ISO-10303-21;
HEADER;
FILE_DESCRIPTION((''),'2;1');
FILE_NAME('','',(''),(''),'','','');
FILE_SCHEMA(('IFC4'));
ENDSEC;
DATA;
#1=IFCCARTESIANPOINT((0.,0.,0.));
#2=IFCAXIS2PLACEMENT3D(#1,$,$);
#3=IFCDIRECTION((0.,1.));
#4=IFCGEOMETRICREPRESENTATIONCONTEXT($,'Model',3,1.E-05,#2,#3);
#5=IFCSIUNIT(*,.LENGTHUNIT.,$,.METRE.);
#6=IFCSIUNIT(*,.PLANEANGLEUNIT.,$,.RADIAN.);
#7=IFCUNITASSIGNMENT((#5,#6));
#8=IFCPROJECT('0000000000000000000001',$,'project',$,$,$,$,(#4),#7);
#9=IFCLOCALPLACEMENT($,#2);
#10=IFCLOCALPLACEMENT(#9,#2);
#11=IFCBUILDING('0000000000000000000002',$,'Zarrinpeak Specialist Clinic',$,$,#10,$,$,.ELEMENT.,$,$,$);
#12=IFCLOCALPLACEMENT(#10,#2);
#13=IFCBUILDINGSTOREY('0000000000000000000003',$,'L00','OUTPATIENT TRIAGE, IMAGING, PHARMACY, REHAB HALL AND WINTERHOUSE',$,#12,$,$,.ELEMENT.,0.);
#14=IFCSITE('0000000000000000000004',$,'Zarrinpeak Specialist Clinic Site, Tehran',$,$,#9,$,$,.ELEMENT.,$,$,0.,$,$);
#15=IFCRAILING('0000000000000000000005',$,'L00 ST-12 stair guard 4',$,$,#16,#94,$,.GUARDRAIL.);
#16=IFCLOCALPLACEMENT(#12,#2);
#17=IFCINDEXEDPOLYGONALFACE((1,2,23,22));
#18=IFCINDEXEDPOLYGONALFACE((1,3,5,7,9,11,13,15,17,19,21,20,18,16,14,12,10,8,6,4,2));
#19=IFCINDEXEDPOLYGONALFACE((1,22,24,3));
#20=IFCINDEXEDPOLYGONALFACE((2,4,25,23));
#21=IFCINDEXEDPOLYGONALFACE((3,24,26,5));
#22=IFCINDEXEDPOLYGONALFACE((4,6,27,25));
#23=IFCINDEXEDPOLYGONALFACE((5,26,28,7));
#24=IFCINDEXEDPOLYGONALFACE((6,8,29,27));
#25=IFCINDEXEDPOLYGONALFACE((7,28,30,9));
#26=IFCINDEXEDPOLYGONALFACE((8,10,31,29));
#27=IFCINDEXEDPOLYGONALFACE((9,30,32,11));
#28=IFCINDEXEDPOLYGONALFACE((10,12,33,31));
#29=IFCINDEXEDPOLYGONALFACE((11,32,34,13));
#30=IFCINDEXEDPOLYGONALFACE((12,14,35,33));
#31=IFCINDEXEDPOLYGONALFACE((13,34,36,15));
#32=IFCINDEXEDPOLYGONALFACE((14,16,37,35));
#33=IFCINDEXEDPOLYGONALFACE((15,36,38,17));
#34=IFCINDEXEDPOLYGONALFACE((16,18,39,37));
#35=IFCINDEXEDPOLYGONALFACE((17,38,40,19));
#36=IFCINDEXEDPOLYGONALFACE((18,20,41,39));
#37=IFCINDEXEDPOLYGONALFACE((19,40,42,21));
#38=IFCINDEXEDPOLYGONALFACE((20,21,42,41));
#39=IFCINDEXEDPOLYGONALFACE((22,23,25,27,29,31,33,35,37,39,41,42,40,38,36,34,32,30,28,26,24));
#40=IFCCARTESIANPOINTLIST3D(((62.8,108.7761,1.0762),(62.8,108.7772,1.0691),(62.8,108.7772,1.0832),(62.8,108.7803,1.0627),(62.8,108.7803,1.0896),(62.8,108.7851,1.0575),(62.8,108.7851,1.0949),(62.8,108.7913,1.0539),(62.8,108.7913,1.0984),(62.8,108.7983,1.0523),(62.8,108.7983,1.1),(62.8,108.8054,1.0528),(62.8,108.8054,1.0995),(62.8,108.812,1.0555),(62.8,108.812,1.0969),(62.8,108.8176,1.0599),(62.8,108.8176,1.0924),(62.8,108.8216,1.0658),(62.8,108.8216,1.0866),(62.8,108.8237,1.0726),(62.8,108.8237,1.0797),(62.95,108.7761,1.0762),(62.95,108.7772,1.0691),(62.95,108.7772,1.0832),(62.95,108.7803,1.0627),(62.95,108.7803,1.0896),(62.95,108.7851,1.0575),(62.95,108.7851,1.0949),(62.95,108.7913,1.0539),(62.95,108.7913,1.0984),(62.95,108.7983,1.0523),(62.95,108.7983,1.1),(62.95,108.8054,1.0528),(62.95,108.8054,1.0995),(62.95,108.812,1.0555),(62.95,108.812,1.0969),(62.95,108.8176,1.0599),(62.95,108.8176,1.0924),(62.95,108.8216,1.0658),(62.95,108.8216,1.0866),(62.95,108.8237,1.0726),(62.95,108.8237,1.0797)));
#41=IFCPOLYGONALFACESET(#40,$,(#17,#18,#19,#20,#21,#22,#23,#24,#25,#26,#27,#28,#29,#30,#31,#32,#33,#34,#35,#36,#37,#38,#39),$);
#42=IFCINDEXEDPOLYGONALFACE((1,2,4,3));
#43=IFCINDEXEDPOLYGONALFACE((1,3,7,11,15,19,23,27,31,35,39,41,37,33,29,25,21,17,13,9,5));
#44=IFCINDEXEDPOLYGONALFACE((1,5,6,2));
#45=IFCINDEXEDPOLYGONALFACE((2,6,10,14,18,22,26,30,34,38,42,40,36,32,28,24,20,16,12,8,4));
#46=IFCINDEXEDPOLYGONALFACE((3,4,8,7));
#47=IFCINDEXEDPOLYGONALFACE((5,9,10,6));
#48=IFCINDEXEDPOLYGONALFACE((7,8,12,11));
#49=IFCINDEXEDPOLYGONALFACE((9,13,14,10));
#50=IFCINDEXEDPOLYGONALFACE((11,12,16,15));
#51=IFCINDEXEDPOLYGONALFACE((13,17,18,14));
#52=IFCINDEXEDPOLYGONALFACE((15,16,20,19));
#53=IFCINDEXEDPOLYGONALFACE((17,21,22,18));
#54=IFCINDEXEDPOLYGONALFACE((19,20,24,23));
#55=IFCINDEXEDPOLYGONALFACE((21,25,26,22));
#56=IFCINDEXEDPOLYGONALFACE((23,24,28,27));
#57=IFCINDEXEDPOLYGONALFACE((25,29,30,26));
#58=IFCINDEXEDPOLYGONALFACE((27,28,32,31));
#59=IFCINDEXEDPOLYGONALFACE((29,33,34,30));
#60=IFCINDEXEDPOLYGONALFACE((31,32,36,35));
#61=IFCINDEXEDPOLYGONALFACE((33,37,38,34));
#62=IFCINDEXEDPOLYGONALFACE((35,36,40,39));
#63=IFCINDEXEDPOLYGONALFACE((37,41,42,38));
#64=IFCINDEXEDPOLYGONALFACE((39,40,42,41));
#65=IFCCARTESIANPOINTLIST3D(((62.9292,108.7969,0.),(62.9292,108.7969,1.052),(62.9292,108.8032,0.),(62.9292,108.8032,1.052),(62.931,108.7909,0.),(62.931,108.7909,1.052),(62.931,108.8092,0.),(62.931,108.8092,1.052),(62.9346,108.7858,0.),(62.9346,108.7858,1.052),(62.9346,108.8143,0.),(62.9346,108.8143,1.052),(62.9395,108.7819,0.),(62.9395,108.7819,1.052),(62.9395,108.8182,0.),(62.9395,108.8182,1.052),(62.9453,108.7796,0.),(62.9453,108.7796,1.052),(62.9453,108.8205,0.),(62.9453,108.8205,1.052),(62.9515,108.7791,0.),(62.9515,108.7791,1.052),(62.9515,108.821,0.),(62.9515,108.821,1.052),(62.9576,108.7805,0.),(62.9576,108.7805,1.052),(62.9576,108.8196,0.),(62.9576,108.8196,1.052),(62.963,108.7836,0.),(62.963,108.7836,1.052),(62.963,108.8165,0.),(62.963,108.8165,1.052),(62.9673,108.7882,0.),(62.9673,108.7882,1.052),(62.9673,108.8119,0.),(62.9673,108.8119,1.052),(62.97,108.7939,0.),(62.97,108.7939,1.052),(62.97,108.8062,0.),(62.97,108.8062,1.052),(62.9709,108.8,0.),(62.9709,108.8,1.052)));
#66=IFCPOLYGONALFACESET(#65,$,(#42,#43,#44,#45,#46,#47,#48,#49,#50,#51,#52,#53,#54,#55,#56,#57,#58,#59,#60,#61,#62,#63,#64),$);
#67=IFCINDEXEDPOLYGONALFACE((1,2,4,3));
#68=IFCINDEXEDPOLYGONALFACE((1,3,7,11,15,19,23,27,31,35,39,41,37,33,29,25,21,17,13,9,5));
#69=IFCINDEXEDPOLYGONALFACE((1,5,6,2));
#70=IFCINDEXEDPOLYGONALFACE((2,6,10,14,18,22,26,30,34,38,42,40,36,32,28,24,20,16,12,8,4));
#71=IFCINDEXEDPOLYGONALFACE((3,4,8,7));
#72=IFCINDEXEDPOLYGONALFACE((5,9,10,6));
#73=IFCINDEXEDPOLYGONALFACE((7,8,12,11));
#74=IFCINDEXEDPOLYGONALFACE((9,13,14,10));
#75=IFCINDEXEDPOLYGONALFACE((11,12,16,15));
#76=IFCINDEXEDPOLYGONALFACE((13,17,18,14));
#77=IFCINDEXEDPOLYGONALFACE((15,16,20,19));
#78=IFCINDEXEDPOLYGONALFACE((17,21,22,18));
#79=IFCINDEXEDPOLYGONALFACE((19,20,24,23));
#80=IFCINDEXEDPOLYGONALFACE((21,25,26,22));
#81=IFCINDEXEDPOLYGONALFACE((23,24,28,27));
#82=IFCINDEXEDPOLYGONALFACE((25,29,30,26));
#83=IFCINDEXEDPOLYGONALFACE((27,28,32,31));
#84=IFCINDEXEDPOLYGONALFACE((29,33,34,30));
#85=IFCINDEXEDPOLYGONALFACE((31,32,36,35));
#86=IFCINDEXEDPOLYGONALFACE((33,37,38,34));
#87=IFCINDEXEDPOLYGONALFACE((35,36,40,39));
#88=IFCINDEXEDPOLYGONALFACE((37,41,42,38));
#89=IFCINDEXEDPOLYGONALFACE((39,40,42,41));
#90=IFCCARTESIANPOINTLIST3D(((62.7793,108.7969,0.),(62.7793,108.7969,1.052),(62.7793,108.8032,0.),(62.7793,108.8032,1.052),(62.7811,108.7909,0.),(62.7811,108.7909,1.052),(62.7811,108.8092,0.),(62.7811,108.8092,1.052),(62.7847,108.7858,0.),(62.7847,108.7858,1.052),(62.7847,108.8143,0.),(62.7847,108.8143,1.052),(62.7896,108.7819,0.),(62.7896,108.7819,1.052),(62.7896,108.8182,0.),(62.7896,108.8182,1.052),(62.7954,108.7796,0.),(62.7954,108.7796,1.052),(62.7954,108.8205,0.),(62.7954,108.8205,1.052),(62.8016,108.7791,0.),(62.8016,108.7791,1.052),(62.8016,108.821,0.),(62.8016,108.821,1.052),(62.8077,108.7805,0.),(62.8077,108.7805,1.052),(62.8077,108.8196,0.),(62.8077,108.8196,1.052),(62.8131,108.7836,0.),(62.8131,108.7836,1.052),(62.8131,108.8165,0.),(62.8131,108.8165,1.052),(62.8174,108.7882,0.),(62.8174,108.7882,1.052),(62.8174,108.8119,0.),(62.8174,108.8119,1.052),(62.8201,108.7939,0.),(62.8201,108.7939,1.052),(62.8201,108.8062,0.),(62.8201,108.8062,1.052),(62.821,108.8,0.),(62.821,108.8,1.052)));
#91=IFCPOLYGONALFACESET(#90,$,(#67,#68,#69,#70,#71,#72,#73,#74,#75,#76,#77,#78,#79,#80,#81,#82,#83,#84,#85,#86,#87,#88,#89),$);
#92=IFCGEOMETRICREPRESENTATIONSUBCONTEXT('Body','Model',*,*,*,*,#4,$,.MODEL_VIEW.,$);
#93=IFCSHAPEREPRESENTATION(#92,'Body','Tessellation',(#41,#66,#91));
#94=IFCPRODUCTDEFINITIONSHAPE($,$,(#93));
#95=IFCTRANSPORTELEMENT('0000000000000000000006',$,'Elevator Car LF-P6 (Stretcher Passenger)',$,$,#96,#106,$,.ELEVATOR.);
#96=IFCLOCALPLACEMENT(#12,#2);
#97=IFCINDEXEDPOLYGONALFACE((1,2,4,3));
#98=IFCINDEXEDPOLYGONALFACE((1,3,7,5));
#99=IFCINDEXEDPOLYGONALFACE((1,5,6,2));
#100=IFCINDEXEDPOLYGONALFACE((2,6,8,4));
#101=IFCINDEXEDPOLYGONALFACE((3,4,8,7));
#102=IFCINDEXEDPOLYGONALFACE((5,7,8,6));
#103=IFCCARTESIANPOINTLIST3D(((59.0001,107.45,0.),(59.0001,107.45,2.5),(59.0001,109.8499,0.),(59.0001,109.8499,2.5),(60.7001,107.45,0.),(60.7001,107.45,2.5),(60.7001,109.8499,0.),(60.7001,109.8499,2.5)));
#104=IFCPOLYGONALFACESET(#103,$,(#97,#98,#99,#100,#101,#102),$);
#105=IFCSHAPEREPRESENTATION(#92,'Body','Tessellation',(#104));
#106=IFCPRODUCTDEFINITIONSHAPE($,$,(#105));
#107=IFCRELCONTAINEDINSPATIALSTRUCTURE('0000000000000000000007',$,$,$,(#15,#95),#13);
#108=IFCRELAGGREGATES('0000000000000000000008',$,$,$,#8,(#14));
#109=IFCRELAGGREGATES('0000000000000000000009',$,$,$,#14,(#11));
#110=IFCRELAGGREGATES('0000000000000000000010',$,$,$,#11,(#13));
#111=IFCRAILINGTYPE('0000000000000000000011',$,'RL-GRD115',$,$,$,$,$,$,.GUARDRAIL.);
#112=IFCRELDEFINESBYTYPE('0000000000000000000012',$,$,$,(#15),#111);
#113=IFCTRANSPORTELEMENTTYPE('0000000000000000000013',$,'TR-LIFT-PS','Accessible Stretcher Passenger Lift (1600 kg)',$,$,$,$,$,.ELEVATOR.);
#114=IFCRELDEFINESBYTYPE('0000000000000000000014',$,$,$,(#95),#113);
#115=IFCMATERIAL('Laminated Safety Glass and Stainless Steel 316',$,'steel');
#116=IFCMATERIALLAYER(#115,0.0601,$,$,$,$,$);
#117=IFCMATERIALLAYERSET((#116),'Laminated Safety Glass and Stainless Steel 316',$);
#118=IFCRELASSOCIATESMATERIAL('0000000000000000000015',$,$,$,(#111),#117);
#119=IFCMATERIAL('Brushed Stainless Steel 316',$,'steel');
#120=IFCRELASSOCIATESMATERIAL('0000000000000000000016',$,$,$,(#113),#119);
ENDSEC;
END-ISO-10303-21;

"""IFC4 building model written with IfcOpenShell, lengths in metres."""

from ifc_helpers import new_model, si_unit, direction, frame, origin, origin_2d, place, context, subcontext, project, spatial, rectangle, circle, extrude, material, layer, layer_set, type_object, element, save


model = new_model("IFC4")

# Units and contexts
model_context = context("Model", 3, precision=1e-05, world=origin(), true_north=direction((0.0, 1.0)))
body_context = subcontext(model_context, "Body", "Model", "MODEL_VIEW")
ifc_project = project(units=[si_unit("LENGTHUNIT", "METRE"), si_unit("PLANEANGLEUNIT", "RADIAN")], contexts=[model_context])

# Site, building, storey
site_placement = place(None, origin())
site = spatial("IfcSite", under=ifc_project, at=site_placement, Name="Zarrinpeak Specialist Clinic Site, Tehran", CompositionType="ELEMENT", RefElevation=0.0)
building_placement = place(site_placement, origin())
building = spatial("IfcBuilding", under=site, at=building_placement, Name="Zarrinpeak Specialist Clinic", CompositionType="ELEMENT")
storey_placement = place(building_placement, origin())
storey = spatial("IfcBuildingStorey", under=building, at=storey_placement, Name="L00", Description="OUTPATIENT TRIAGE, IMAGING, PHARMACY, REHAB HALL AND WINTERHOUSE", CompositionType="ELEMENT", Elevation=0.0)

# Railing
ifc_material_1 = material(Name="Laminated Safety Glass and Stainless Steel 316", Category="steel")
ifc_layer_1 = layer(ifc_material_1, 0.0601)
ifc_layer_set_1 = layer_set([ifc_layer_1], Name="Laminated Safety Glass and Stainless Steel 316")
railing_type = type_object("IfcRailingType", Name="RL-GRD115", PredefinedType="GUARDRAIL", material=ifc_layer_set_1)
railing_placement = place(storey_placement, frame((62.95, 108.8, 0.0)))
element("IfcRailing", 1, at=railing_placement, inside=storey, type_object=railing_type, Name="L00 ST-12 stair guard 4", PredefinedType="GUARDRAIL", context=body_context, shape_type="SweptSolid", body=[
    extrude(circle(Radius=0.0239, at=origin_2d()), frame((0.0, 0.0, 1.0762), z_axis=(-1.0, 0.0, 0.0), x_axis=(0.0, -1.0, 0.0)), (0.0, 0.0, 1.0), 0.1499),
    extrude(circle(Radius=0.021, at=origin_2d()), origin(), (0.0, 0.0, 1.0), 1.052),
    extrude(circle(Radius=0.021, at=origin_2d()), frame((-0.1499, 0.0, 0.0)), (0.0, 0.0, 1.0), 1.052),
])

# Transport element
ifc_material_2 = material(Name="Brushed Stainless Steel 316", Category="steel")
transport_element_type = type_object("IfcTransportElementType", Name="TR-LIFT-PS", Description="Accessible Stretcher Passenger Lift (1600 kg)", PredefinedType="ELEVATOR", material=ifc_material_2)
transport_element_placement = place(storey_placement, frame((59.8501, 108.6499, 0.0), z_axis=(0.0, 0.0, 1.0), x_axis=(1.0, 0.0, 0.0)))
element("IfcTransportElement", 2, at=transport_element_placement, inside=storey, type_object=transport_element_type, Name="Elevator Car LF-P6 (Stretcher Passenger)", PredefinedType="ELEVATOR", context=body_context, shape_type="SweptSolid", body=[
    extrude(rectangle(XDim=1.7, YDim=2.3999, at=origin_2d()), origin(), (0.0, 0.0, 1.0), 2.5),
])

save(model, "model.ifc")
